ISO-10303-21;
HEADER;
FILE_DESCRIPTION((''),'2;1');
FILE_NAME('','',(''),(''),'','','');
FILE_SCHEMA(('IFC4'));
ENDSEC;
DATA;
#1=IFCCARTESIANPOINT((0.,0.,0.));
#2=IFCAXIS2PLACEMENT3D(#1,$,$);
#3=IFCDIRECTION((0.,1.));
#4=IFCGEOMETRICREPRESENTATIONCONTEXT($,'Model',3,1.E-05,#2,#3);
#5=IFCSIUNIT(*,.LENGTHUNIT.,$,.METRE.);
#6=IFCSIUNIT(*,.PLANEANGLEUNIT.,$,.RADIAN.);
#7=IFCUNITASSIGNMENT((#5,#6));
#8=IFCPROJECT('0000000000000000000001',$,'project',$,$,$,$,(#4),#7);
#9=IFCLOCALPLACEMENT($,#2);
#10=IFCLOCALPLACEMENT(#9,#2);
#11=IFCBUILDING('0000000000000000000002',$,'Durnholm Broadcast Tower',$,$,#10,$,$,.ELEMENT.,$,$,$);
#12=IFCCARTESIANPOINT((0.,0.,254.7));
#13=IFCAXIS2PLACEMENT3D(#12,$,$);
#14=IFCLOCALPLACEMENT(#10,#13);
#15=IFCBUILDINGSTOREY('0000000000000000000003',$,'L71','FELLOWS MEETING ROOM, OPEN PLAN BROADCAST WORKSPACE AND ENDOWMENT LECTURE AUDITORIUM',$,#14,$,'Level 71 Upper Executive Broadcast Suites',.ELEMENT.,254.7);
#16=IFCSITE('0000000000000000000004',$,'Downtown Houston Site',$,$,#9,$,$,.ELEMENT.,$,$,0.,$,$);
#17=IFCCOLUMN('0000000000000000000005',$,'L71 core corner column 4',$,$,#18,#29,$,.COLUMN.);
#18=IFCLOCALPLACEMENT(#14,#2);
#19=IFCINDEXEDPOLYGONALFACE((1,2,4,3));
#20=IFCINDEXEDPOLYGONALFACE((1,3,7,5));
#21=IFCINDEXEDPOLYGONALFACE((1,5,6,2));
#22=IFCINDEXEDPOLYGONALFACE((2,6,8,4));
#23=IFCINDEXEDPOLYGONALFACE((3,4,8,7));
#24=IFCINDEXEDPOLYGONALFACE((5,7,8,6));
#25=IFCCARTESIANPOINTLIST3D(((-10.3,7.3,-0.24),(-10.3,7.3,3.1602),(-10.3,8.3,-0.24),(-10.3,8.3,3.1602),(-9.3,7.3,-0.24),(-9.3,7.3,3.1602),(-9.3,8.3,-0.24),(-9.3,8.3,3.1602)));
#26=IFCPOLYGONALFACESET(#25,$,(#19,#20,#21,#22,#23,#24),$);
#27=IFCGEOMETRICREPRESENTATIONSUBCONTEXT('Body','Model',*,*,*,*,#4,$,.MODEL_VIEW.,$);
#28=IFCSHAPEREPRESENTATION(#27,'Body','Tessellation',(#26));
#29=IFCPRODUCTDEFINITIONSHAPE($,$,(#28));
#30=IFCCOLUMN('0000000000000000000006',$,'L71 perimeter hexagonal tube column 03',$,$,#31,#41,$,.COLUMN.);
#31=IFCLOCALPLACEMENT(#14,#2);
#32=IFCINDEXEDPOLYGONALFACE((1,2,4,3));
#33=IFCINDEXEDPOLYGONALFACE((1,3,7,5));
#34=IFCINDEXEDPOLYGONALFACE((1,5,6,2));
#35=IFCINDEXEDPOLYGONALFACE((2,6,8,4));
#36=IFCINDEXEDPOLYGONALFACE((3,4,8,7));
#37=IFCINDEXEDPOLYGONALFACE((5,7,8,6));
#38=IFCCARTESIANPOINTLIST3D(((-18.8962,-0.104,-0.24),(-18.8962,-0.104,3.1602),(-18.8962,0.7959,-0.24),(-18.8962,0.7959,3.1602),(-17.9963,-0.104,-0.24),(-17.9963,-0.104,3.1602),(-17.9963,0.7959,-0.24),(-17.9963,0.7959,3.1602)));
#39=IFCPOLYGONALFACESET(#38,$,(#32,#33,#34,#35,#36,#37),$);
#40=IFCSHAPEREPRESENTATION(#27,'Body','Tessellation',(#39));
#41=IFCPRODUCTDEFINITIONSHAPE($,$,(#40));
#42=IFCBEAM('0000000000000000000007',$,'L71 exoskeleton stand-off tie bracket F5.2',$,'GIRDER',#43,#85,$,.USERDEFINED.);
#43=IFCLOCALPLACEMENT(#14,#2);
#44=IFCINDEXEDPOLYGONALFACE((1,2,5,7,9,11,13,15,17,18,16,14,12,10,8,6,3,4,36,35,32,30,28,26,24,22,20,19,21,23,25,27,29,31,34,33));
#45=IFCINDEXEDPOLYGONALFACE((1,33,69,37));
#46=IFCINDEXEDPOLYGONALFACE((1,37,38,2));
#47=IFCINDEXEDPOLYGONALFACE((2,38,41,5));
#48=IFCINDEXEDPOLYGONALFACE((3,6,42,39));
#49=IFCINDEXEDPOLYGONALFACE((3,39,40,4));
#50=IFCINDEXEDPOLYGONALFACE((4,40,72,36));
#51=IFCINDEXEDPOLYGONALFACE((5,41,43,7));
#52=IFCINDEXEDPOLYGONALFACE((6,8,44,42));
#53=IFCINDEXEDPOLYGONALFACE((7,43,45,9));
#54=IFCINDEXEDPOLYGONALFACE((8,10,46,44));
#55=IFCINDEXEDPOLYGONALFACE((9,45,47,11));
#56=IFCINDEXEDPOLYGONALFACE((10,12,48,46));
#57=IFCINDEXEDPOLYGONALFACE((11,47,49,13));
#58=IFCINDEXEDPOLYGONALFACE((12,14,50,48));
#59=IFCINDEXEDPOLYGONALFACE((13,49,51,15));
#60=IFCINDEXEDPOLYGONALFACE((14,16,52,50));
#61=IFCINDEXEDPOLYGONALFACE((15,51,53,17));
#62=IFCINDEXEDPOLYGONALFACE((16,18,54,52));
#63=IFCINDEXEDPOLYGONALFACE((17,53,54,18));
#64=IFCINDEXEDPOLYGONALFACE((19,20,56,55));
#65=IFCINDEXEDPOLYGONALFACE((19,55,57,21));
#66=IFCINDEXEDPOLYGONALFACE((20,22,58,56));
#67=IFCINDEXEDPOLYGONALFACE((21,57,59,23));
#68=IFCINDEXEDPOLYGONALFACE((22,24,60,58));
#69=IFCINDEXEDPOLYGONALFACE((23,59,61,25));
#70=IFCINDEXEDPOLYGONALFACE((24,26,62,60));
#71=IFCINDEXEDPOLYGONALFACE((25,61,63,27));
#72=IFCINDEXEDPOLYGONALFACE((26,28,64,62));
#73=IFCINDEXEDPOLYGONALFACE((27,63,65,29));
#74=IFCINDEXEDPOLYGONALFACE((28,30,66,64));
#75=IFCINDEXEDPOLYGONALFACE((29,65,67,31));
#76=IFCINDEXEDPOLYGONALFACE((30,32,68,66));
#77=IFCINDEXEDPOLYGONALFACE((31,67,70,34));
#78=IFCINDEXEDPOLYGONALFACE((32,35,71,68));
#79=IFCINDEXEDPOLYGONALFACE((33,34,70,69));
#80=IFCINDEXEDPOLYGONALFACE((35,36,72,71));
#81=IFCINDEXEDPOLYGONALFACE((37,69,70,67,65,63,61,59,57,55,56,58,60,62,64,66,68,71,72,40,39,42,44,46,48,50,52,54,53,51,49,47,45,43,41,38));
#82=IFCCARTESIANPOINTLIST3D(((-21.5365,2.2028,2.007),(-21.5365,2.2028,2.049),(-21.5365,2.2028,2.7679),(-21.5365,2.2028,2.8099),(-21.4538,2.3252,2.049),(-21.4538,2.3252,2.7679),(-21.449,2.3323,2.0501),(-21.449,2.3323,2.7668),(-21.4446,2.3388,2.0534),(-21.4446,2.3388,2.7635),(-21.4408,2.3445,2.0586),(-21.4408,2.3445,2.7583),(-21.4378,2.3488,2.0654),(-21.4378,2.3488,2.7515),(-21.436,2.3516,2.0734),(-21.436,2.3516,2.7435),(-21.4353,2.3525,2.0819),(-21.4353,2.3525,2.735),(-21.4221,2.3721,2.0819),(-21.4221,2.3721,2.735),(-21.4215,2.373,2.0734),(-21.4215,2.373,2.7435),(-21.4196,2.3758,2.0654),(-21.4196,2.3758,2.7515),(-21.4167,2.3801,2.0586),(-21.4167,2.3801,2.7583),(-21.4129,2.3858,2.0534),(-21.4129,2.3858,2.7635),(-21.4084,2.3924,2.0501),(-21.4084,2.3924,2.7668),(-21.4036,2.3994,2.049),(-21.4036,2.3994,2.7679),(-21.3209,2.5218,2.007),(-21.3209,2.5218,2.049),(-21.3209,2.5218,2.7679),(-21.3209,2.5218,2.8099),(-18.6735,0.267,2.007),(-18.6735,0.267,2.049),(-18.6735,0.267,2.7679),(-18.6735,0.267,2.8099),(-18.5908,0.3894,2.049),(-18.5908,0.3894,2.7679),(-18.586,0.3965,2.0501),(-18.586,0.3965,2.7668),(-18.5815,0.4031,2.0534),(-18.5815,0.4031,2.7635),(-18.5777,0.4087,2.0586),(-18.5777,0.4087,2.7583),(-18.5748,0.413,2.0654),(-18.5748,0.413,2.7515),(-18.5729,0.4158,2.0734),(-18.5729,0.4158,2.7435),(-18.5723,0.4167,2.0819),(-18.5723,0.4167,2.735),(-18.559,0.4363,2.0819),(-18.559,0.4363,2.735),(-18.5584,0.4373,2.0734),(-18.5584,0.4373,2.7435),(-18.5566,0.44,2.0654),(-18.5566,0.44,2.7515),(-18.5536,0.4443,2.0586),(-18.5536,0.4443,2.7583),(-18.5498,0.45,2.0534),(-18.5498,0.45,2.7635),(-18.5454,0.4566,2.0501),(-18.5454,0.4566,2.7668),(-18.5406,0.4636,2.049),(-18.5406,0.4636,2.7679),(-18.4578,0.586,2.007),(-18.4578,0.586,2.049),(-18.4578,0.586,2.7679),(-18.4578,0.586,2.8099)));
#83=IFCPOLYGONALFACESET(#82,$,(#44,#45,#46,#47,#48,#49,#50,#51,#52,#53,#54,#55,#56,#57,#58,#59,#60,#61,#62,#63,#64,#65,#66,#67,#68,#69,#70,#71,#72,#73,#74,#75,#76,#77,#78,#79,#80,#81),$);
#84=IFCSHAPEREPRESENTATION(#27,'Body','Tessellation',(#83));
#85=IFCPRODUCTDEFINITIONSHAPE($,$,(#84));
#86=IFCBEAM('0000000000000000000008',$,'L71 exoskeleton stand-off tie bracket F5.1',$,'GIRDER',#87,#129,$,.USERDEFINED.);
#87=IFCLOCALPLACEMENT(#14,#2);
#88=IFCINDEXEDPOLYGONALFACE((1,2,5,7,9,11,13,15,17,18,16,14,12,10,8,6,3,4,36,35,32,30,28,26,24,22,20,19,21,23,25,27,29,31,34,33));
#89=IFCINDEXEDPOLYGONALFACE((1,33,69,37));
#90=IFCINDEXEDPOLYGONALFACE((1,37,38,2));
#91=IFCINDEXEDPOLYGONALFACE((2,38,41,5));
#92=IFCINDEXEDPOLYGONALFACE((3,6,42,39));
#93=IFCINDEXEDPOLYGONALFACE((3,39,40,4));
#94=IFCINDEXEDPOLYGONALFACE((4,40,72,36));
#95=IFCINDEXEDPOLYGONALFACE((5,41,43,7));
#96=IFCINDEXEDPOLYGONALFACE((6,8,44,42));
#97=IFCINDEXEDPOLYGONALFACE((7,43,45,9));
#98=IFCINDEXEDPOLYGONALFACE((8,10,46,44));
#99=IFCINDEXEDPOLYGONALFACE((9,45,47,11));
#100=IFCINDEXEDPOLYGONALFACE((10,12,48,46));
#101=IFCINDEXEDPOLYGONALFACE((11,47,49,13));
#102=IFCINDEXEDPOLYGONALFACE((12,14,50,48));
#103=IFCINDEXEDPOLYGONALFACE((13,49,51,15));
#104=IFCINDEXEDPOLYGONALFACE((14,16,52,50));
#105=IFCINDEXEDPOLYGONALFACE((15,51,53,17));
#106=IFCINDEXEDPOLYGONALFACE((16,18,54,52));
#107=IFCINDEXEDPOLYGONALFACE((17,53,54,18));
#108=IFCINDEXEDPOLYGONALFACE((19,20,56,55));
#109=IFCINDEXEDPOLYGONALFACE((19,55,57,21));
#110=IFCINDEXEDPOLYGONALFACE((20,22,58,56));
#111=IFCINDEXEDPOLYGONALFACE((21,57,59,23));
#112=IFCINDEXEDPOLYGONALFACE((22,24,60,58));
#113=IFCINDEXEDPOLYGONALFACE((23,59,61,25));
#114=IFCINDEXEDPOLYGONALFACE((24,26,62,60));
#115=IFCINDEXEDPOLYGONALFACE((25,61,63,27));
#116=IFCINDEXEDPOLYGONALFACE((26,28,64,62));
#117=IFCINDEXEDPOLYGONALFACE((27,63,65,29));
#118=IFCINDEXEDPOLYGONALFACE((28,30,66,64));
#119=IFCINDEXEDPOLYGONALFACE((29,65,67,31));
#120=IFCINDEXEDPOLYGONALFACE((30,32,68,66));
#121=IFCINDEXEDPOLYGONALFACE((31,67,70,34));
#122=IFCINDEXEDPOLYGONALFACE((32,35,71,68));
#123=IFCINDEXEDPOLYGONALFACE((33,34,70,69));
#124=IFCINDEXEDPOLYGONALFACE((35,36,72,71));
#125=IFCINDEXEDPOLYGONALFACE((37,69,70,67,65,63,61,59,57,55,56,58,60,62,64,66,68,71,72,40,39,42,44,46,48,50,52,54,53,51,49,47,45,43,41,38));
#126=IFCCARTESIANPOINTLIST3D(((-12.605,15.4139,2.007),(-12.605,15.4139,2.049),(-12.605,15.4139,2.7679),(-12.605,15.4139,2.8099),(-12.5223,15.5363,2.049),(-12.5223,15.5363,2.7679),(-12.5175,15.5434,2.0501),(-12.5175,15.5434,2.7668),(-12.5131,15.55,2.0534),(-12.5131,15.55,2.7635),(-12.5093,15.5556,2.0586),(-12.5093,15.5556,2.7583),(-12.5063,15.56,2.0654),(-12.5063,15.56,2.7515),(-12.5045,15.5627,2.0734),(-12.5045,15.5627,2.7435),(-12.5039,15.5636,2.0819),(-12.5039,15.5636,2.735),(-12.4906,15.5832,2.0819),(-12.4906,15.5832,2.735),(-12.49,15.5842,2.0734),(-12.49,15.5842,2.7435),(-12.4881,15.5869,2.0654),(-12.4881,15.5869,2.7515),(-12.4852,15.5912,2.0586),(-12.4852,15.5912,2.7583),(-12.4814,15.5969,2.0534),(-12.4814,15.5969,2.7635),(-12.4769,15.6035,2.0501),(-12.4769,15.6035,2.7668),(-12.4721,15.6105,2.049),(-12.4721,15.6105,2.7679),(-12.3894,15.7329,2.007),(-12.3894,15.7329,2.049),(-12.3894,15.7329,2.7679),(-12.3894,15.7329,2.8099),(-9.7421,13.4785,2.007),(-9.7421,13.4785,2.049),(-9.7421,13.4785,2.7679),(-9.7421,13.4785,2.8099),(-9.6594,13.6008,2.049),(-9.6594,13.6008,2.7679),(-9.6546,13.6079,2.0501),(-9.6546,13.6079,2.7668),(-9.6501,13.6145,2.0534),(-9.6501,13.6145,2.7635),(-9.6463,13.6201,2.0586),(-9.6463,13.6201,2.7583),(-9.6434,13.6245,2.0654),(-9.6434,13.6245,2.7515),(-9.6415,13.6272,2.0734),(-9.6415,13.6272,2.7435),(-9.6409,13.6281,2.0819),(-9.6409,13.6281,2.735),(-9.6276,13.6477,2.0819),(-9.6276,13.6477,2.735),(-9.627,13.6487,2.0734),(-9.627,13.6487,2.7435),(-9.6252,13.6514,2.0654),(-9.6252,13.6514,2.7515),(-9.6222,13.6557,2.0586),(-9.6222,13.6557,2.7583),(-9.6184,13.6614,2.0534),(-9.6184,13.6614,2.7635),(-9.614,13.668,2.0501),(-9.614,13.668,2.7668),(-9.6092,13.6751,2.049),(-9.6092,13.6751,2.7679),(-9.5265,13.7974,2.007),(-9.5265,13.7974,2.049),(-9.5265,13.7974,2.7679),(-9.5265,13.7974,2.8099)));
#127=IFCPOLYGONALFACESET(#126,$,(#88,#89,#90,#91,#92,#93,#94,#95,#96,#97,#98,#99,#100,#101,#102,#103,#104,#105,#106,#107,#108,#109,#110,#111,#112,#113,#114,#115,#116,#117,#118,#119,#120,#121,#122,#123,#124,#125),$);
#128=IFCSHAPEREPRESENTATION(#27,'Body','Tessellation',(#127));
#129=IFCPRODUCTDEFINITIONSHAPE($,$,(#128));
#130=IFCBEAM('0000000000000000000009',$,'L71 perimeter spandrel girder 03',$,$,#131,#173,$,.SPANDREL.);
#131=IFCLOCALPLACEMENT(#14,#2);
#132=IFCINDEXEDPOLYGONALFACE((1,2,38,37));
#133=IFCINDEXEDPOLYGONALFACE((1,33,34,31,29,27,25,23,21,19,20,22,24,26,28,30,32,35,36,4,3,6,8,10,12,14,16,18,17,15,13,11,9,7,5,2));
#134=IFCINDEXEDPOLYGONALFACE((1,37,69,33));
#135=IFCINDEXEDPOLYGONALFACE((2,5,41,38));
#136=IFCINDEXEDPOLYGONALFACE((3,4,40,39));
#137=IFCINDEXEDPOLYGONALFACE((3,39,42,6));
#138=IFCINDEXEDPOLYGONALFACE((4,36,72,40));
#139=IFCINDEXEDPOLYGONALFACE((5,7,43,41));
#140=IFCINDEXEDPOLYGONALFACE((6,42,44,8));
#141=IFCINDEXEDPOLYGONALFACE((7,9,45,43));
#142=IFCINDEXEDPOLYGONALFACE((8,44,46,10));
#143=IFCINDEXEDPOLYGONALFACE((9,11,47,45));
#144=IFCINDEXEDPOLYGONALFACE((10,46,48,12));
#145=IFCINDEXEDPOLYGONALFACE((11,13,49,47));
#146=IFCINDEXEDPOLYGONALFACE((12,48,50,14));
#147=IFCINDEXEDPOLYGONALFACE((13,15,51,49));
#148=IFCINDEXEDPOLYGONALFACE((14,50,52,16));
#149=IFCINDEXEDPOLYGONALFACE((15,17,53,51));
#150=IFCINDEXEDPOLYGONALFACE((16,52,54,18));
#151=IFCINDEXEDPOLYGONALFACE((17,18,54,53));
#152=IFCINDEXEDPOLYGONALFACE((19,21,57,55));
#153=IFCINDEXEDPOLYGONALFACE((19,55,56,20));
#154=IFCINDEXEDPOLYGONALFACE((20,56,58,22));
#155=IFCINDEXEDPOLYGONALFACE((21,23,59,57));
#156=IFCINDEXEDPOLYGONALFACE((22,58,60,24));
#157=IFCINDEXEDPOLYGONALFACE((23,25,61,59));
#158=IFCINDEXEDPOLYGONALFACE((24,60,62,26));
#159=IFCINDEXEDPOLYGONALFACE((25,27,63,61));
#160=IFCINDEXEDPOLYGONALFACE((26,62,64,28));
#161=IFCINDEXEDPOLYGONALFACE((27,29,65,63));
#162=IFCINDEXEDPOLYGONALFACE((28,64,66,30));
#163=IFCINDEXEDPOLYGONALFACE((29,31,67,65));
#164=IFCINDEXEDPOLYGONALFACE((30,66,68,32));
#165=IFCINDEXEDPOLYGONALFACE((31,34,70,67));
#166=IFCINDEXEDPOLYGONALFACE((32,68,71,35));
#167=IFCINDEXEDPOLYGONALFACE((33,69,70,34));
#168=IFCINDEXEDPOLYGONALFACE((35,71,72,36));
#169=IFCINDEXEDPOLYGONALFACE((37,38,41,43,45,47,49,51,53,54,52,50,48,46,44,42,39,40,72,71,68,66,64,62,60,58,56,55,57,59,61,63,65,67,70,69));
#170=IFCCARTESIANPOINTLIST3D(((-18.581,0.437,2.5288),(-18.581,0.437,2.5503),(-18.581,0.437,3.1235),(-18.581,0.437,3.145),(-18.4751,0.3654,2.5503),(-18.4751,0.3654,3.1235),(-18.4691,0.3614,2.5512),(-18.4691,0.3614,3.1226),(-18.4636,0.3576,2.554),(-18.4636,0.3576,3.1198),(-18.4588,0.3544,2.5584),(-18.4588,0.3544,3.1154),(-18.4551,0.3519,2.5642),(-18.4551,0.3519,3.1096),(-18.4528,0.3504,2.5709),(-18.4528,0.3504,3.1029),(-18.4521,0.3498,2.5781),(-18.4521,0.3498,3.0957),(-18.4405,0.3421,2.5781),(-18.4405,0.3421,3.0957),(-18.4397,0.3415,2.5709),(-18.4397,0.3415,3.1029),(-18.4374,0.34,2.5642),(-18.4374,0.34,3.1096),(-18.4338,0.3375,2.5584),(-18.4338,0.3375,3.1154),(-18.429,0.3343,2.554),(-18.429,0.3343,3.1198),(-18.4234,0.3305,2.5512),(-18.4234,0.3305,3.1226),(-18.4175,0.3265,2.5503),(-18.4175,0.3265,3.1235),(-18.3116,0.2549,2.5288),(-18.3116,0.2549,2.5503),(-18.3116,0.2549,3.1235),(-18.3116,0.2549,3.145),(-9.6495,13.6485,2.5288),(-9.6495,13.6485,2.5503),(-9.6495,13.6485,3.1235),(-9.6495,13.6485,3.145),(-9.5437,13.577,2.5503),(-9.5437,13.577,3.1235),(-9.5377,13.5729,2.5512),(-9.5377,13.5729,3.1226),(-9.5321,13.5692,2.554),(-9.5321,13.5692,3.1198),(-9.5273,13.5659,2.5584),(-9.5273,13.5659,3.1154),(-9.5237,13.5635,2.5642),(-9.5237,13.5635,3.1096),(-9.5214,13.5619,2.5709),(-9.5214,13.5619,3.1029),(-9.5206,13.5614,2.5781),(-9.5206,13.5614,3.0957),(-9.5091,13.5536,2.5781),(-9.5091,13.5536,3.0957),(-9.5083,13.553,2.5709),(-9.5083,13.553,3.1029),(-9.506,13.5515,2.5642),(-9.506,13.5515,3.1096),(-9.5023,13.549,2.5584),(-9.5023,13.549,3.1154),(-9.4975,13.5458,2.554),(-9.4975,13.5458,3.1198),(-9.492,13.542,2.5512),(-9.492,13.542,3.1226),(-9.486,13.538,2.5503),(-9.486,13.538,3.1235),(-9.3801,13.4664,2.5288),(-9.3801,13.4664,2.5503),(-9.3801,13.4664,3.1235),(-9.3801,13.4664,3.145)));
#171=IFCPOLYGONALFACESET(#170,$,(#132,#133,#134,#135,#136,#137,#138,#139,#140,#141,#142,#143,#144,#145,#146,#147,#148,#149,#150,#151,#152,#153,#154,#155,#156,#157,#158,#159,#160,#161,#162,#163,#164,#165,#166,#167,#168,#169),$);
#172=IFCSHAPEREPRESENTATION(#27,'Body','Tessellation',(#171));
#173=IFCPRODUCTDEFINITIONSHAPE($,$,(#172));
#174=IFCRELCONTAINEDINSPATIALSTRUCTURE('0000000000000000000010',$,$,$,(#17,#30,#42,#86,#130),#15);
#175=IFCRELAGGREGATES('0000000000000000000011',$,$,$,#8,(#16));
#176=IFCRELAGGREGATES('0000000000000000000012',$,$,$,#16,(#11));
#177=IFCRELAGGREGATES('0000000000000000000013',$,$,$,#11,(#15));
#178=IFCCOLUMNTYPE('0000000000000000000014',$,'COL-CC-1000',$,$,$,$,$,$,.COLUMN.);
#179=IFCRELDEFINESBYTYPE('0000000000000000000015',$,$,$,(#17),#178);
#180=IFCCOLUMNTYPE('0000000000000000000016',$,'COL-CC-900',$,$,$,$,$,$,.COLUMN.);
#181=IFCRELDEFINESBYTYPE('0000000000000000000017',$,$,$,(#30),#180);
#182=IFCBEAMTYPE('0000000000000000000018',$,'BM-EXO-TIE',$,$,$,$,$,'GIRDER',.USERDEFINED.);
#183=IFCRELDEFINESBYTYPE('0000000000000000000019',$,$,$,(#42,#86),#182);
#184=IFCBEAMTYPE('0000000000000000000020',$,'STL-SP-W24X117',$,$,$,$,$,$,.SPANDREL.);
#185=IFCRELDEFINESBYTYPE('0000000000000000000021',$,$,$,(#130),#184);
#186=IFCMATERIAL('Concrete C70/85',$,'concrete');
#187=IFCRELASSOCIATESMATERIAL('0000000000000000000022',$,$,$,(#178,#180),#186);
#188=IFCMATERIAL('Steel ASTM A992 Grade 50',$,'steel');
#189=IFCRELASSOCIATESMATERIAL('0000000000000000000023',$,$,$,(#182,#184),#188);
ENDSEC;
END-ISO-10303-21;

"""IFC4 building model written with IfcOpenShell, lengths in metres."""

from ifc_helpers import new_model, si_unit, direction, frame, origin, origin_2d, place, context, subcontext, project, spatial, rectangle, i_section, extrude, source, transform, mapped, material, material_profile, profile_set, type_object, type_shapes, element, save


model = new_model("IFC4")

# Units and contexts
model_context = context("Model", 3, precision=1e-05, world=origin(), true_north=direction((0.0, 1.0)))
body_context = subcontext(model_context, "Body", "Model", "MODEL_VIEW")
ifc_project = project(units=[si_unit("LENGTHUNIT", "METRE"), si_unit("PLANEANGLEUNIT", "RADIAN")], contexts=[model_context])

# Site, building, storey
site_placement = place(None, origin())
site = spatial("IfcSite", under=ifc_project, at=site_placement, Name="Downtown Houston Site", CompositionType="ELEMENT", RefElevation=0.0)
building_placement = place(site_placement, origin())
building = spatial("IfcBuilding", under=site, at=building_placement, Name="Durnholm Broadcast Tower", CompositionType="ELEMENT")
storey_placement = place(building_placement, frame((0.0, 0.0, 254.7)))
storey = spatial("IfcBuildingStorey", under=building, at=storey_placement, Name="L71", Description="FELLOWS MEETING ROOM, OPEN PLAN BROADCAST WORKSPACE AND ENDOWMENT LECTURE AUDITORIUM", LongName="Level 71 Upper Executive Broadcast Suites", CompositionType="ELEMENT", Elevation=254.7)

# Columns
ifc_material_1 = material(Name="Concrete C70/85", Category="concrete")
ifc_material_profile_1 = material_profile(ifc_material_1, rectangle(XDim=1.0, YDim=1.0, at=origin_2d()), Name="RC1000X1000")
ifc_profile_set_1 = profile_set([ifc_material_profile_1], Name="Concrete C70/85")
column_type_1 = type_object("IfcColumnType", Name="COL-CC-1000", PredefinedType="COLUMN", material=ifc_profile_set_1)
shared_shape_1 = source(origin(), body_context, "Body", "SweptSolid", [
    extrude(rectangle(XDim=1.0, YDim=1.0, at=origin_2d()), origin(), (0.0, 0.0, 1.0), 3.4001),
])
type_shapes(column_type_1, [shared_shape_1])
column_1_placement = place(storey_placement, frame((-9.8, 7.8, -0.24), z_axis=(0.0, 0.0, 1.0), x_axis=(1.0, 0.0, 0.0)))
element("IfcColumn", 1, at=column_1_placement, inside=storey, type_object=column_type_1, Name="L71 core corner column 4", PredefinedType="COLUMN", context=body_context, shape_type="MappedRepresentation", body=[
    mapped(shared_shape_1, transform((0.0, 0.0, 0.0), x_axis=(1.0, 0.0, 0.0), y_axis=(0.0, 1.0, 0.0), z_axis=(0.0, 0.0, 1.0), scale=1.0)),
])
ifc_material_profile_2 = material_profile(ifc_material_1, rectangle(XDim=0.8999, YDim=0.8999, at=origin_2d()), Name="RC900X900")
ifc_profile_set_2 = profile_set([ifc_material_profile_2], Name="Concrete C70/85")
column_type_2 = type_object("IfcColumnType", Name="COL-CC-900", PredefinedType="COLUMN", material=ifc_profile_set_2)
shared_shape_2 = source(origin(), body_context, "Body", "SweptSolid", [
    extrude(rectangle(XDim=0.8999, YDim=0.8999, at=origin_2d()), origin(), (0.0, 0.0, 1.0), 3.4001),
])
type_shapes(column_type_2, [shared_shape_2])
column_2_placement = place(storey_placement, frame((-18.4463, 0.3459, -0.24), z_axis=(0.0, 0.0, 1.0), x_axis=(1.0, 0.0, 0.0)))
element("IfcColumn", 2, at=column_2_placement, inside=storey, type_object=column_type_2, Name="L71 perimeter hexagonal tube column 03", PredefinedType="COLUMN", context=body_context, shape_type="MappedRepresentation", body=[
    mapped(shared_shape_2, transform((0.0, 0.0, 0.0), x_axis=(1.0, 0.0, 0.0), y_axis=(0.0, 1.0, 0.0), z_axis=(0.0, 0.0, 1.0), scale=1.0)),
])

# Beams
ifc_material_2 = material(Name="Steel ASTM A992 Grade 50", Category="steel")
ifc_material_profile_3 = material_profile(ifc_material_2, i_section(OverallWidth=0.385, OverallDepth=0.803, WebThickness=0.0237, FlangeThickness=0.042, FilletRadius=0.033, at=origin_2d()), Name="W30X261")
ifc_profile_set_3 = profile_set([ifc_material_profile_3], Name="Steel ASTM A992 Grade 50")
beam_type_1 = type_object("IfcBeamType", Name="BM-EXO-TIE", ElementType="GIRDER", PredefinedType="USERDEFINED", material=ifc_profile_set_3)
shared_shape_3 = source(origin(), body_context, "Body", "SweptSolid", [
    extrude(i_section(OverallWidth=0.385, OverallDepth=0.803, WebThickness=0.0237, FlangeThickness=0.042, FilletRadius=0.033, at=origin_2d()), origin(), (0.0, 0.0, 1.0), 3.4561),
])
beam_1_placement = place(storey_placement, frame((-18.5657, 0.4265, 2.4084), z_axis=(-0.828414, 0.560117, 0.0), x_axis=(-0.560117, -0.828414, 0.0)))
element("IfcBeam", 3, at=beam_1_placement, inside=storey, type_object=beam_type_1, Name="L71 exoskeleton stand-off tie bracket F5.2", ObjectType="GIRDER", PredefinedType="USERDEFINED", context=body_context, shape_type="MappedRepresentation", body=[
    mapped(shared_shape_3, transform((0.0, 0.0, 0.0), x_axis=(1.0, 0.0, 0.0), y_axis=(0.0, 1.0, 0.0), z_axis=(0.0, 0.0, 1.0), scale=1.0)),
])
shared_shape_4 = source(origin(), body_context, "Body", "SweptSolid", [
    extrude(i_section(OverallWidth=0.385, OverallDepth=0.803, WebThickness=0.0237, FlangeThickness=0.042, FilletRadius=0.033, at=origin_2d()), origin(), (0.0, 0.0, 1.0), 3.4558),
])
beam_2_placement = place(storey_placement, frame((-9.6343, 13.6379, 2.4084), z_axis=(-0.828446, 0.560068, 0.0), x_axis=(-0.560068, -0.828446, 0.0)))
element("IfcBeam", 4, at=beam_2_placement, inside=storey, type_object=beam_type_1, Name="L71 exoskeleton stand-off tie bracket F5.1", ObjectType="GIRDER", PredefinedType="USERDEFINED", context=body_context, shape_type="MappedRepresentation", body=[
    mapped(shared_shape_4, transform((0.0, 0.0, 0.0), x_axis=(1.0, 0.0, 0.0), y_axis=(0.0, 1.0, 0.0), z_axis=(0.0, 0.0, 1.0), scale=1.0)),
])
ifc_material_profile_4 = material_profile(ifc_material_2, i_section(OverallWidth=0.3252, OverallDepth=0.6162, WebThickness=0.0139, FlangeThickness=0.0215, FilletRadius=0.0278, at=origin_2d()), Name="W24X117")
ifc_profile_set_4 = profile_set([ifc_material_profile_4], Name="Steel ASTM A992 Grade 50")
beam_type_2 = type_object("IfcBeamType", Name="STL-SP-W24X117", PredefinedType="SPANDREL", material=ifc_profile_set_4)
shared_shape_5 = source(origin(), body_context, "Body", "SweptSolid", [
    extrude(i_section(OverallWidth=0.3252, OverallDepth=0.6162, WebThickness=0.0139, FlangeThickness=0.0215, FilletRadius=0.0278, at=origin_2d()), origin(), (0.0, 0.0, 1.0), 15.9473),
])
type_shapes(beam_type_2, [shared_shape_5])
beam_3_placement = place(storey_placement, frame((-18.4463, 0.3459, 2.8369), z_axis=(0.560062, 0.828451, 0.0), x_axis=(-0.828451, 0.560062, 0.0)))
element("IfcBeam", 5, at=beam_3_placement, inside=storey, type_object=beam_type_2, Name="L71 perimeter spandrel girder 03", PredefinedType="SPANDREL", context=body_context, shape_type="MappedRepresentation", body=[
    mapped(shared_shape_5, transform((0.0, 0.0, 0.0), x_axis=(1.0, 0.0, 0.0), y_axis=(0.0, 1.0, 0.0), z_axis=(0.0, 0.0, 1.0), scale=1.0)),
])

save(model, "model.ifc")
